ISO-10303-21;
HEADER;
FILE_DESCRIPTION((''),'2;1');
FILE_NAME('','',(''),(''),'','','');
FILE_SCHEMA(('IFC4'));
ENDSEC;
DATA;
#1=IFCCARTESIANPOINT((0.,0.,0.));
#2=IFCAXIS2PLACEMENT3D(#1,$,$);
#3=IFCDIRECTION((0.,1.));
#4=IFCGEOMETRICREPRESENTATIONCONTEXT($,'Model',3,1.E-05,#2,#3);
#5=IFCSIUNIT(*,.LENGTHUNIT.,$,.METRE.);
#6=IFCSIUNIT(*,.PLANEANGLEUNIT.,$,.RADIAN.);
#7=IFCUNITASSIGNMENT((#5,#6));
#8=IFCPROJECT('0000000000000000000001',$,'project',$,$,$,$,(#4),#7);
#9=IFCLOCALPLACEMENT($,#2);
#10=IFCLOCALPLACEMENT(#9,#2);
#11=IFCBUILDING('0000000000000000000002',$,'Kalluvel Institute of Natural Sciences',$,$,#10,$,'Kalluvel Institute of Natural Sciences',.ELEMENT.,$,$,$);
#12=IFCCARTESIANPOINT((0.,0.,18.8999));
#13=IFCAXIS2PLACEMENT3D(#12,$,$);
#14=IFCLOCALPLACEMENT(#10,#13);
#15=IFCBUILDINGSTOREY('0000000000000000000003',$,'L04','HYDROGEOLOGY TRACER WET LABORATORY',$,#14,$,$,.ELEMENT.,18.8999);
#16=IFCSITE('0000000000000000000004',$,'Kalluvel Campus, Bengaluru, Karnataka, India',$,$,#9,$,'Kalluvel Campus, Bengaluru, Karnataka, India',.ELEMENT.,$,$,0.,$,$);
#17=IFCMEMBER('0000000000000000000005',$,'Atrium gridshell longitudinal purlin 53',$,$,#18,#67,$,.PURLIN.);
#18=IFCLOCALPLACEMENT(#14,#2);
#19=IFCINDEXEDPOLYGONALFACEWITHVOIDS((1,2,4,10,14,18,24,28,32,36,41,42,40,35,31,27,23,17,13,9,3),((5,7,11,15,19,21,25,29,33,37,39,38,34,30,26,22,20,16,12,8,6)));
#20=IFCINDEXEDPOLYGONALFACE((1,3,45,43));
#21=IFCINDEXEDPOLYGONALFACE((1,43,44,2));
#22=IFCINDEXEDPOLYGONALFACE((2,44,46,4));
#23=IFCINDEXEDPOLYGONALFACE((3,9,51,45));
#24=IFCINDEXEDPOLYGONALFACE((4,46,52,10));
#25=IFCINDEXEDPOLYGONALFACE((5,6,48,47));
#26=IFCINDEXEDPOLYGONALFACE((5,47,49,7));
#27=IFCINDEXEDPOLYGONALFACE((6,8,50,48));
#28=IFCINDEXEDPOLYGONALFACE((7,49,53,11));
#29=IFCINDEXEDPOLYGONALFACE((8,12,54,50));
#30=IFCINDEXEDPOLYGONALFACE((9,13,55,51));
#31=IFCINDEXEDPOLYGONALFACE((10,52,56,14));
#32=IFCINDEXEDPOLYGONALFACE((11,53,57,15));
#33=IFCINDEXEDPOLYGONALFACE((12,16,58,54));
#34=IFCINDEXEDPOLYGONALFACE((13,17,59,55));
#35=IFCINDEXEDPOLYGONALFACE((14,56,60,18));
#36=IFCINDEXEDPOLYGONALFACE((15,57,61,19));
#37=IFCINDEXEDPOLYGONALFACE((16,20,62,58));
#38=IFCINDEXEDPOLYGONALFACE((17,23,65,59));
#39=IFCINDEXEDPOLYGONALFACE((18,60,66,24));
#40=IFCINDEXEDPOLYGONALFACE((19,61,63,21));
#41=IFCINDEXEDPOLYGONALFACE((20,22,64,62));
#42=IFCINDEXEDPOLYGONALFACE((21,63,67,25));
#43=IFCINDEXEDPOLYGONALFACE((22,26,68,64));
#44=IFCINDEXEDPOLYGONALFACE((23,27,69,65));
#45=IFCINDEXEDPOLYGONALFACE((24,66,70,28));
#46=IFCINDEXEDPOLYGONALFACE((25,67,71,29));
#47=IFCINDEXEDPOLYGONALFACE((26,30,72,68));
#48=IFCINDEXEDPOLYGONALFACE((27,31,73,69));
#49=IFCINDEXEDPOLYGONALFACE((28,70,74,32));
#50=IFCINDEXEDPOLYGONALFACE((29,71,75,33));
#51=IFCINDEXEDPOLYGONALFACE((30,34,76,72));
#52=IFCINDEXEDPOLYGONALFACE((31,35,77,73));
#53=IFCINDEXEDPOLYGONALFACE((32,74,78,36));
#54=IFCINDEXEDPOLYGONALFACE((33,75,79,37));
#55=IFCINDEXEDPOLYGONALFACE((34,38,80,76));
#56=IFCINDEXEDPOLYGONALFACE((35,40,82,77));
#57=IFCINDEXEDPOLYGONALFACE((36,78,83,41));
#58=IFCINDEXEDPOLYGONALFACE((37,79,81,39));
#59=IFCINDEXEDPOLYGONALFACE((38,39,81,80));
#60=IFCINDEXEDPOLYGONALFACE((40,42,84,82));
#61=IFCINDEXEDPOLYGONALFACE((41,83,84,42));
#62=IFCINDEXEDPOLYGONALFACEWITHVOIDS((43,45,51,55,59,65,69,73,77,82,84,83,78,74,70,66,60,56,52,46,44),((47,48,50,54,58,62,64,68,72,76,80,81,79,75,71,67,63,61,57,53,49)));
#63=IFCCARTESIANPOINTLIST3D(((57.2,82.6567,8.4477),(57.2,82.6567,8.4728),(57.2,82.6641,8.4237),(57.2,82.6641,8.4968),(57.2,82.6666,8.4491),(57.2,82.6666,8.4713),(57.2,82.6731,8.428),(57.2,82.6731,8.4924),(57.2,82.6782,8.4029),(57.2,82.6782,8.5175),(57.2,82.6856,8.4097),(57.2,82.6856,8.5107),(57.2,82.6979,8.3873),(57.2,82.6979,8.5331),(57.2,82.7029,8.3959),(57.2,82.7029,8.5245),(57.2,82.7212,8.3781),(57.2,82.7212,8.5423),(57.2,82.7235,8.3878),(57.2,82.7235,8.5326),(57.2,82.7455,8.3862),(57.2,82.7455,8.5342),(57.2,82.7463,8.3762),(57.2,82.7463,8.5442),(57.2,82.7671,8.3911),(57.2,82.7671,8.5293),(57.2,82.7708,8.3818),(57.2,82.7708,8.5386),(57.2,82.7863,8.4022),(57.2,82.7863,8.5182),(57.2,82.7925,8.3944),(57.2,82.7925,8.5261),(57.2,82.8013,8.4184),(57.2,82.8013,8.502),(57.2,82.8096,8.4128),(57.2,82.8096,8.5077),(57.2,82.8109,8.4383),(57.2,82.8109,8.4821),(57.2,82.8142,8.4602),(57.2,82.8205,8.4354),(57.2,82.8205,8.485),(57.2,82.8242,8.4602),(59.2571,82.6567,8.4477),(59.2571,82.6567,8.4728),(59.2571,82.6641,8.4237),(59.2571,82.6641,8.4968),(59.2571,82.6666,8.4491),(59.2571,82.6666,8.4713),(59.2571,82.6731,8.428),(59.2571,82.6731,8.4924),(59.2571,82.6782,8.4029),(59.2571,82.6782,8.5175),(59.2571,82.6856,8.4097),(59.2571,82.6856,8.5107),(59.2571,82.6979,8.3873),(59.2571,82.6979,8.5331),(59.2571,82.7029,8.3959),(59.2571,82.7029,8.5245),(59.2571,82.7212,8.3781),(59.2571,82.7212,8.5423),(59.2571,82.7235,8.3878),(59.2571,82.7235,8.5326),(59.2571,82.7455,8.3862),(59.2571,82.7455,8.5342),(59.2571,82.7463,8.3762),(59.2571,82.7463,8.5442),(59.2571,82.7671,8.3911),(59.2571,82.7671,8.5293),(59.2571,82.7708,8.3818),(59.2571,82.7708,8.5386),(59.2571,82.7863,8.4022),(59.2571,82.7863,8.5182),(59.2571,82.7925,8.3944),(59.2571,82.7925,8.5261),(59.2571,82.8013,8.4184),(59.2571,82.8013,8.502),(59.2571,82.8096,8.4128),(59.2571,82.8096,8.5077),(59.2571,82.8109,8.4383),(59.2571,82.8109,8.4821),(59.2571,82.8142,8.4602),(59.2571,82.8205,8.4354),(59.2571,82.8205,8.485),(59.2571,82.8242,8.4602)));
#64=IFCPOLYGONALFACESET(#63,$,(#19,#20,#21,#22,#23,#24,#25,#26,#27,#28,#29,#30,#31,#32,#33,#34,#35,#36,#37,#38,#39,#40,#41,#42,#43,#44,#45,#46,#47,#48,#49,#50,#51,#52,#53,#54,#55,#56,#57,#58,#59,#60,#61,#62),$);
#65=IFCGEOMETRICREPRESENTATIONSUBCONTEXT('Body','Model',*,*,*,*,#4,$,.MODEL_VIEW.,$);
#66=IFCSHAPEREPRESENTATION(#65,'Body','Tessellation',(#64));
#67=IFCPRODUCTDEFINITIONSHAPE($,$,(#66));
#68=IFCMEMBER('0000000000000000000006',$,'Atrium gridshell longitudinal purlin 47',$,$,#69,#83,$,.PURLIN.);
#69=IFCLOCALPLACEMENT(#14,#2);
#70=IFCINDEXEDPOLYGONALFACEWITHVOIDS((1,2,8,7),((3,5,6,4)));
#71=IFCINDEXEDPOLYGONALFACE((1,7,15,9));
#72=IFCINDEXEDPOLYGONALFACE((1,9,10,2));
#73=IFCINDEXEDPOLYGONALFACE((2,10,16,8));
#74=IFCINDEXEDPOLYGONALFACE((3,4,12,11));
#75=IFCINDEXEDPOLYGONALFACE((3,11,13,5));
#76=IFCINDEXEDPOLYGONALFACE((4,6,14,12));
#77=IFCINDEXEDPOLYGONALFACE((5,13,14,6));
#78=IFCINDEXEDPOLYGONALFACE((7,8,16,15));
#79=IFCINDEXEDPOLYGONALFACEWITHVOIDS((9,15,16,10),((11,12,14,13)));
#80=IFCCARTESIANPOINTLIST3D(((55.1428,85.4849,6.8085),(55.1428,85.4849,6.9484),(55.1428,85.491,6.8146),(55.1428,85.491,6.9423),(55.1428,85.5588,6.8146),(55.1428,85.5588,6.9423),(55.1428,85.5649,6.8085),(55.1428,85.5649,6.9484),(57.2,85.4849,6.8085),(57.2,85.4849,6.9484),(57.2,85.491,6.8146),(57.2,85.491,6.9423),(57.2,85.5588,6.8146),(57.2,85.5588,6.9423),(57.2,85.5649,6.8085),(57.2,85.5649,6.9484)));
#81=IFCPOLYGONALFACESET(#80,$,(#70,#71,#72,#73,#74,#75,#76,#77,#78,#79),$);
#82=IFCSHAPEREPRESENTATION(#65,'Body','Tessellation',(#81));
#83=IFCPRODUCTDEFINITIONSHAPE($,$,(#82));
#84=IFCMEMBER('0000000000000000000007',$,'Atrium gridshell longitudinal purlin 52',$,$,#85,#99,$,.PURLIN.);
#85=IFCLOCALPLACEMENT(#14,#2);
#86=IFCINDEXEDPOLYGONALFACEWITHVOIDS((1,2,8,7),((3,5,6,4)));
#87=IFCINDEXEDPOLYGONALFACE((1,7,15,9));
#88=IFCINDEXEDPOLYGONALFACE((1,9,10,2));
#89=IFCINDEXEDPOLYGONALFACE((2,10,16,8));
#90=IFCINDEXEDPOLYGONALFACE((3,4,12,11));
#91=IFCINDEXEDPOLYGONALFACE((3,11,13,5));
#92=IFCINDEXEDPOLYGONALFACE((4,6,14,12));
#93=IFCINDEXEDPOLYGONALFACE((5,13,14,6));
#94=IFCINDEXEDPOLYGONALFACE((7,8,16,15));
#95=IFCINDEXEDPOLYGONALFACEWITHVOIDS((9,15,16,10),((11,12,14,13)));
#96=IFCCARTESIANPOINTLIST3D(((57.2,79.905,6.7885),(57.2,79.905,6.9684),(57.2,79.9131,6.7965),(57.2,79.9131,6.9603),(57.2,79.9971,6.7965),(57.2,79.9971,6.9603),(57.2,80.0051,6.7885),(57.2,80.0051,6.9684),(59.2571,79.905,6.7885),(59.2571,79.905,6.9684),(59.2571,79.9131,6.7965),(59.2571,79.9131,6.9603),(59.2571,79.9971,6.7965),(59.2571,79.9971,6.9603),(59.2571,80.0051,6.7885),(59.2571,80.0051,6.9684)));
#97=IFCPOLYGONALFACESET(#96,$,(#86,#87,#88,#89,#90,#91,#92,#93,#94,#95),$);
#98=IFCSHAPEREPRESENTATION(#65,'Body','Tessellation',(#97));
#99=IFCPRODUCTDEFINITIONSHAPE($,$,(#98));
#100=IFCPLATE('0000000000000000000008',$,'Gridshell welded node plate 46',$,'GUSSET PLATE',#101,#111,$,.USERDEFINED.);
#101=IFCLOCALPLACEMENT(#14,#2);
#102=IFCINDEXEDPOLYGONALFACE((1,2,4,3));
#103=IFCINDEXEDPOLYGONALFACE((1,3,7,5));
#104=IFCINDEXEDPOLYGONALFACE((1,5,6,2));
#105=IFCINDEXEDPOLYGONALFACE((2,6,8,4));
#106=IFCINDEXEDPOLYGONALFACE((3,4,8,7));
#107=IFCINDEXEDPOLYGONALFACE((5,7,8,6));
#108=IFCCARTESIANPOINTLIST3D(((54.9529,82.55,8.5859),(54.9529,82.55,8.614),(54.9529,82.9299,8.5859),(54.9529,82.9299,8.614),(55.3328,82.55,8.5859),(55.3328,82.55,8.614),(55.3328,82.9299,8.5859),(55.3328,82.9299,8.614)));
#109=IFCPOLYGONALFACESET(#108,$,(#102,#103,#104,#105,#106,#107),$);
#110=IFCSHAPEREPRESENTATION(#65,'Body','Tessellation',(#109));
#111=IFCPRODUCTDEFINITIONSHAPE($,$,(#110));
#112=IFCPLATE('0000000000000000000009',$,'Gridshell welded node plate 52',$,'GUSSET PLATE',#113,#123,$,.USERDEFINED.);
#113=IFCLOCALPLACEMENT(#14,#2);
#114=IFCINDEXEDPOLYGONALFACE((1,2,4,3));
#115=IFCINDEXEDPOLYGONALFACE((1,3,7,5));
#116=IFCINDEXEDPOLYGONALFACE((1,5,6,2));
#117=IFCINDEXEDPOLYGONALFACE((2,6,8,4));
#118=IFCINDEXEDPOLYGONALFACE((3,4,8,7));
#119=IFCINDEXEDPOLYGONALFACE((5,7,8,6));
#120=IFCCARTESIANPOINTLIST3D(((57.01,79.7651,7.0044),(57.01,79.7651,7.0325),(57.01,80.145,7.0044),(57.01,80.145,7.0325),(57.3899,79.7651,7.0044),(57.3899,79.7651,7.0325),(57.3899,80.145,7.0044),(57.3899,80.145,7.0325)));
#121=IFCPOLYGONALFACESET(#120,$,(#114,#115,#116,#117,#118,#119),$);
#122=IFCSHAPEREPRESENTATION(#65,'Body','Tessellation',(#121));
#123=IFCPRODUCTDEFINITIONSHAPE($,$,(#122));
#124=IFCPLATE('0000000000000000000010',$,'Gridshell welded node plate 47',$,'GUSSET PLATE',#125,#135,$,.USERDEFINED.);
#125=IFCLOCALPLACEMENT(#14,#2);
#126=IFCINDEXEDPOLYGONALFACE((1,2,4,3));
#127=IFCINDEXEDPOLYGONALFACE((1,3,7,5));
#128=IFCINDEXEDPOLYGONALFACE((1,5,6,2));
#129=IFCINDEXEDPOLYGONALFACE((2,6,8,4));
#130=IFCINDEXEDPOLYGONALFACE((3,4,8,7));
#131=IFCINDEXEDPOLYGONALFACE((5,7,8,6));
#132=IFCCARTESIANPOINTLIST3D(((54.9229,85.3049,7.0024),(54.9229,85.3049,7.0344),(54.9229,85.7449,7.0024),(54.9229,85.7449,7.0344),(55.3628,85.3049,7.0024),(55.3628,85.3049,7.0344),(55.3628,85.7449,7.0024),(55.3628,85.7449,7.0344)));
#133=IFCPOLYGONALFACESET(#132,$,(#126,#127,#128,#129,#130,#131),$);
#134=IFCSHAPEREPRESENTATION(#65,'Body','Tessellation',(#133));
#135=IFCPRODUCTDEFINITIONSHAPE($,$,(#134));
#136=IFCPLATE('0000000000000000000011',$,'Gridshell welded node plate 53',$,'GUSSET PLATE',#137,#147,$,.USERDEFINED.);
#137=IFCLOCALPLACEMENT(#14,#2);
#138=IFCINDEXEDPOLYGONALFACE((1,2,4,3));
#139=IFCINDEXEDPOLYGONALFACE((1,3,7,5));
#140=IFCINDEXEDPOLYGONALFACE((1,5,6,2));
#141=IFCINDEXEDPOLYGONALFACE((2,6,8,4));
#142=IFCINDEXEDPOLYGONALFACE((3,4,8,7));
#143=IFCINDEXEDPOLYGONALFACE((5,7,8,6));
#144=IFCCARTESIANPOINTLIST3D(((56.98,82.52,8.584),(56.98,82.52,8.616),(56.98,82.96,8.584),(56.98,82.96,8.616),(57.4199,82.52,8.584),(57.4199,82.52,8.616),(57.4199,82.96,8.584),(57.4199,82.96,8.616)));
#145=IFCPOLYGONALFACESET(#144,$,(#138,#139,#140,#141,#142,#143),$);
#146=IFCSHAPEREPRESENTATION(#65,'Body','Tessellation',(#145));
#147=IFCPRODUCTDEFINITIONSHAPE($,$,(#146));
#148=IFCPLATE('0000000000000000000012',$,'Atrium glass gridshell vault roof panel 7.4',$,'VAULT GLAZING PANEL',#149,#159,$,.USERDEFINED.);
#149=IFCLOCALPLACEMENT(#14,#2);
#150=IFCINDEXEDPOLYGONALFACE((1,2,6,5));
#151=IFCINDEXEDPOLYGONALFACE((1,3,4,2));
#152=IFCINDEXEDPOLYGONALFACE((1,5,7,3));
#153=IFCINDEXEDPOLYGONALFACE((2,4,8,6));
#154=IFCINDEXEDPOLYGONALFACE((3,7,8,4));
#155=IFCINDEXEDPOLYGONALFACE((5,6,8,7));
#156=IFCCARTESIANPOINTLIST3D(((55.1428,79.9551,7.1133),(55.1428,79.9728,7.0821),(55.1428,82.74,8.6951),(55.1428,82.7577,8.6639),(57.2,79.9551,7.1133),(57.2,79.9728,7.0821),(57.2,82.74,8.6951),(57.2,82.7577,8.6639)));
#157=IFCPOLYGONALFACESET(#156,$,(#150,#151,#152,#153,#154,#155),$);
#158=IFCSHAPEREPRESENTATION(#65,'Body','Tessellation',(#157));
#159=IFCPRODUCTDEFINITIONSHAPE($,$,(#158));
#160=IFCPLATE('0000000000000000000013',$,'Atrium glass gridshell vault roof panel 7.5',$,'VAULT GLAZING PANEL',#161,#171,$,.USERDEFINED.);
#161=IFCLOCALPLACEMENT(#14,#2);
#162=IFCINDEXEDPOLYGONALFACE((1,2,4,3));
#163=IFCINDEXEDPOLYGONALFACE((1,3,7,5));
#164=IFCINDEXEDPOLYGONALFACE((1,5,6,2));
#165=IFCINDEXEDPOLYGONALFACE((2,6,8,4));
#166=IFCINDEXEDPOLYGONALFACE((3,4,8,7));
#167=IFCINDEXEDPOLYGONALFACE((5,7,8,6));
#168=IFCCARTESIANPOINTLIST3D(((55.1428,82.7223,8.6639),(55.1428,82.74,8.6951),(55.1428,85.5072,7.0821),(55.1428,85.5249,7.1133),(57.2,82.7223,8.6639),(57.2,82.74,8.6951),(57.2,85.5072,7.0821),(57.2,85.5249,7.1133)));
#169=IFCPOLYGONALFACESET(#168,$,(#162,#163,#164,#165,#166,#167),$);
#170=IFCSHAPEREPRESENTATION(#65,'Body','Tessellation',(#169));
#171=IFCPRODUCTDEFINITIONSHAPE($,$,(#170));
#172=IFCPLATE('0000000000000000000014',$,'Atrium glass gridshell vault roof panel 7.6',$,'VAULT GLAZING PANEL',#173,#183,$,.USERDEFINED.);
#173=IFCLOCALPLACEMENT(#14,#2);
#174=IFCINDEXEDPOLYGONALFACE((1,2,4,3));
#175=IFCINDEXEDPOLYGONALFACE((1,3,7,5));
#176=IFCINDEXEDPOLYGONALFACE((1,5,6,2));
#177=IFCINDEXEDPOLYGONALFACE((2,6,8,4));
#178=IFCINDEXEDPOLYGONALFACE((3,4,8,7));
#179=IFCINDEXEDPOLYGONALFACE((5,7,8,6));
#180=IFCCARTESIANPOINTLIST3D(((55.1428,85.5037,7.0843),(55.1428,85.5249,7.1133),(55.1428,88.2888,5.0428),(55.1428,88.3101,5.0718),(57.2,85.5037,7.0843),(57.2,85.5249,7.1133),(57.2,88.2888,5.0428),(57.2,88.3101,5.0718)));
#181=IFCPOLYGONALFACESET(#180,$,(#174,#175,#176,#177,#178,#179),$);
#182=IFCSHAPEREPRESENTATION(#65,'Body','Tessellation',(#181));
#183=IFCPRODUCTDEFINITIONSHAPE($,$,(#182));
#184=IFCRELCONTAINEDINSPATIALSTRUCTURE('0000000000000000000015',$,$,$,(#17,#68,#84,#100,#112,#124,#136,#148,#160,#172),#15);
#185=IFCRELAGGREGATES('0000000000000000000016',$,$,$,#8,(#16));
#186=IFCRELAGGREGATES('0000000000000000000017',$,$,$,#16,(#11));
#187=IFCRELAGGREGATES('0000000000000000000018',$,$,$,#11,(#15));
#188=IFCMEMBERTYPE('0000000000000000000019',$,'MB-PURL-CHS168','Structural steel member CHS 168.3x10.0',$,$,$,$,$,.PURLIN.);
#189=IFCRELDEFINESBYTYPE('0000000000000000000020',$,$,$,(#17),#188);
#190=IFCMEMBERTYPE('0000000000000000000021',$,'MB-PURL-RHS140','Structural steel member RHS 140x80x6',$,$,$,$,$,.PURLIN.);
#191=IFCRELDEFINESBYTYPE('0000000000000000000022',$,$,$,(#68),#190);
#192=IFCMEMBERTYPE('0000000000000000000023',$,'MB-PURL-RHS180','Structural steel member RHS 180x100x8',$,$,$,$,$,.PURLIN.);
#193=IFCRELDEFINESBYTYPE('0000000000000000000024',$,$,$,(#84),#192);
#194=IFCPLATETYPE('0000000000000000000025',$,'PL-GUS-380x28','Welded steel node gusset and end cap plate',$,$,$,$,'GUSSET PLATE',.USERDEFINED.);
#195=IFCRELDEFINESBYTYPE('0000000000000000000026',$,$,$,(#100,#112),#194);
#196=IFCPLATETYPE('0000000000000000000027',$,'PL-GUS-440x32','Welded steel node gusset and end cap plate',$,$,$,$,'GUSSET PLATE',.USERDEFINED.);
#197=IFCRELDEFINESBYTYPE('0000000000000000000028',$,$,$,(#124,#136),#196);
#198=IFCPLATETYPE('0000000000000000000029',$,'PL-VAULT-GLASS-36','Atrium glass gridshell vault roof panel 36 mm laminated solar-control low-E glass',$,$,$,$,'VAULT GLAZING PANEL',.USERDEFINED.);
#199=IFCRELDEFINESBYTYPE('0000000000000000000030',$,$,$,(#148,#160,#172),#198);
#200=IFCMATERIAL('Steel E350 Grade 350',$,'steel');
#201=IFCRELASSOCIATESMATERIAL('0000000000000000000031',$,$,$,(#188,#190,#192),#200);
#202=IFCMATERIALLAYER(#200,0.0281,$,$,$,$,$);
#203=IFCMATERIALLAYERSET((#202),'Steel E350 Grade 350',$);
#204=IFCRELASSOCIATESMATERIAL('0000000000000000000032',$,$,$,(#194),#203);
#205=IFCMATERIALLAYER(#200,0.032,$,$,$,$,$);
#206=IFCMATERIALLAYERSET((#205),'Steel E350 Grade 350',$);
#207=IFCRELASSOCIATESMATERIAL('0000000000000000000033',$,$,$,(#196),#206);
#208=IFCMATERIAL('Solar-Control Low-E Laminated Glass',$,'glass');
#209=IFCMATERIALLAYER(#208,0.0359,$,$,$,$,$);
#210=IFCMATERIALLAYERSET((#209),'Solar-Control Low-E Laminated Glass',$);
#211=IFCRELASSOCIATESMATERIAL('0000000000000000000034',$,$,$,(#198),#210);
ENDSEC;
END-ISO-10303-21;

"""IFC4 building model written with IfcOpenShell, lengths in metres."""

from ifc_helpers import new_model, si_unit, direction, frame, origin, origin_2d, place, context, subcontext, project, spatial, polyline, rectangle, hollow_rectangle, hollow_circle, outline, extrude, material, layer, layer_set, material_profile, profile_set, type_object, element, save


model = new_model("IFC4")

# Units and contexts
model_context = context("Model", 3, precision=1e-05, world=origin(), true_north=direction((0.0, 1.0)))
body_context = subcontext(model_context, "Body", "Model", "MODEL_VIEW")
ifc_project = project(units=[si_unit("LENGTHUNIT", "METRE"), si_unit("PLANEANGLEUNIT", "RADIAN")], contexts=[model_context])

# Site, building, storey
site_placement = place(None, origin())
site = spatial("IfcSite", under=ifc_project, at=site_placement, Name="Kalluvel Campus, Bengaluru, Karnataka, India", LongName="Kalluvel Campus, Bengaluru, Karnataka, India", CompositionType="ELEMENT", RefElevation=0.0)
building_placement = place(site_placement, origin())
building = spatial("IfcBuilding", under=site, at=building_placement, Name="Kalluvel Institute of Natural Sciences", LongName="Kalluvel Institute of Natural Sciences", CompositionType="ELEMENT")
storey_placement = place(building_placement, frame((0.0, 0.0, 18.8999)))
storey = spatial("IfcBuildingStorey", under=building, at=storey_placement, Name="L04", Description="HYDROGEOLOGY TRACER WET LABORATORY", CompositionType="ELEMENT", Elevation=18.8999)

# Members
ifc_material_1 = material(Name="Steel E350 Grade 350", Category="steel")
ifc_material_profile_1 = material_profile(ifc_material_1, hollow_circle(Radius=0.0842, WallThickness=0.01, at=origin_2d()), Name="CHS 168.3x10.0")
ifc_profile_set_1 = profile_set([ifc_material_profile_1], Name="Steel E350 Grade 350")
member_type_1 = type_object("IfcMemberType", Name="MB-PURL-CHS168", Description="Structural steel member CHS 168.3x10.0", PredefinedType="PURLIN", material=ifc_profile_set_1)
for number, where, z_axis, x_axis, name in (
    (1, (57.2, 82.74, 8.4602), (1.0, 0.0, 0.0), (0.0, 1.0, 0.0), "Atrium gridshell longitudinal purlin 53"),
):
    element("IfcMember", number, at=place(storey_placement, frame(where, z_axis=z_axis, x_axis=x_axis)), inside=storey, type_object=member_type_1, Name=name, PredefinedType="PURLIN", context=body_context, shape_type="SweptSolid", body=[
        extrude(hollow_circle(Radius=0.0842, WallThickness=0.01, at=origin_2d()), origin(), (0.0, 0.0, 1.0), 2.0571),
    ])
ifc_material_profile_2 = material_profile(ifc_material_1, hollow_rectangle(XDim=0.0801, YDim=0.1399, WallThickness=0.0061, at=origin_2d()), Name="RHS 140x80x6")
ifc_profile_set_2 = profile_set([ifc_material_profile_2], Name="Steel E350 Grade 350")
member_type_2 = type_object("IfcMemberType", Name="MB-PURL-RHS140", Description="Structural steel member RHS 140x80x6", PredefinedType="PURLIN", material=ifc_profile_set_2)
member_1_placement = place(storey_placement, frame((55.1428, 85.5249, 6.8784), z_axis=(1.0, 0.0, 0.0), x_axis=(0.0, 1.0, 0.0)))
element("IfcMember", 2, at=member_1_placement, inside=storey, type_object=member_type_2, Name="Atrium gridshell longitudinal purlin 47", PredefinedType="PURLIN", context=body_context, shape_type="SweptSolid", body=[
    extrude(hollow_rectangle(XDim=0.0801, YDim=0.1399, WallThickness=0.0061, at=origin_2d()), origin(), (0.0, 0.0, 1.0), 2.0571),
])
ifc_material_profile_3 = material_profile(ifc_material_1, hollow_rectangle(XDim=0.1001, YDim=0.1799, WallThickness=0.0081, at=origin_2d()), Name="RHS 180x100x8")
ifc_profile_set_3 = profile_set([ifc_material_profile_3], Name="Steel E350 Grade 350")
member_type_3 = type_object("IfcMemberType", Name="MB-PURL-RHS180", Description="Structural steel member RHS 180x100x8", PredefinedType="PURLIN", material=ifc_profile_set_3)
member_2_placement = place(storey_placement, frame((57.2, 79.9551, 6.8784), z_axis=(1.0, 0.0, 0.0), x_axis=(0.0, 1.0, 0.0)))
element("IfcMember", 3, at=member_2_placement, inside=storey, type_object=member_type_3, Name="Atrium gridshell longitudinal purlin 52", PredefinedType="PURLIN", context=body_context, shape_type="SweptSolid", body=[
    extrude(hollow_rectangle(XDim=0.1001, YDim=0.1799, WallThickness=0.0081, at=origin_2d()), origin(), (0.0, 0.0, 1.0), 2.0571),
])

# Plates
ifc_layer_1 = layer(ifc_material_1, 0.0281)
ifc_layer_set_1 = layer_set([ifc_layer_1], Name="Steel E350 Grade 350")
plate_type_1 = type_object("IfcPlateType", Name="PL-GUS-380x28", Description="Welded steel node gusset and end cap plate", ElementType="GUSSET PLATE", PredefinedType="USERDEFINED", material=ifc_layer_set_1)
for number, where, z_axis, x_axis, name in (
    (4, (55.1428, 82.74, 8.5859), (0.0, 0.0, 1.0), (1.0, 0.0, 0.0), "Gridshell welded node plate 46"),
    (5, (57.2, 79.9551, 7.0044), (0.0, 0.0, 1.0), (1.0, 0.0, 0.0), "Gridshell welded node plate 52"),
):
    element("IfcPlate", number, at=place(storey_placement, frame(where, z_axis=z_axis, x_axis=x_axis)), inside=storey, type_object=plate_type_1, Name=name, ObjectType="GUSSET PLATE", PredefinedType="USERDEFINED", context=body_context, shape_type="SweptSolid", body=[
        extrude(rectangle(XDim=0.3799, YDim=0.3799, at=origin_2d()), origin(), (0.0, 0.0, 1.0), 0.0281),
    ])
ifc_layer_2 = layer(ifc_material_1, 0.032)
ifc_layer_set_2 = layer_set([ifc_layer_2], Name="Steel E350 Grade 350")
plate_type_2 = type_object("IfcPlateType", Name="PL-GUS-440x32", Description="Welded steel node gusset and end cap plate", ElementType="GUSSET PLATE", PredefinedType="USERDEFINED", material=ifc_layer_set_2)
for number, where, z_axis, x_axis, name in (
    (6, (55.1428, 85.5249, 7.0024), (0.0, 0.0, 1.0), (1.0, 0.0, 0.0), "Gridshell welded node plate 47"),
    (7, (57.2, 82.74, 8.584), (0.0, 0.0, 1.0), (1.0, 0.0, 0.0), "Gridshell welded node plate 53"),
):
    element("IfcPlate", number, at=place(storey_placement, frame(where, z_axis=z_axis, x_axis=x_axis)), inside=storey, type_object=plate_type_2, Name=name, ObjectType="GUSSET PLATE", PredefinedType="USERDEFINED", context=body_context, shape_type="SweptSolid", body=[
        extrude(rectangle(XDim=0.4399, YDim=0.4399, at=origin_2d()), origin(), (0.0, 0.0, 1.0), 0.032),
    ])
ifc_material_2 = material(Name="Solar-Control Low-E Laminated Glass", Category="glass")
ifc_layer_3 = layer(ifc_material_2, 0.0359)
ifc_layer_set_3 = layer_set([ifc_layer_3], Name="Solar-Control Low-E Laminated Glass")
plate_type_3 = type_object("IfcPlateType", Name="PL-VAULT-GLASS-36", Description="Atrium glass gridshell vault roof panel 36 mm laminated solar-control low-E glass", ElementType="VAULT GLAZING PANEL", PredefinedType="USERDEFINED", material=ifc_layer_set_3)
for number, where, z_axis, x_axis, name in (
    (8, (55.1428, 79.9551, 7.1133), (0.0, -0.49388, 0.86953), (1.0, 0.0, 0.0), "Atrium glass gridshell vault roof panel 7.4"),
    (9, (55.1428, 82.74, 8.6951), (0.0, 0.49388, 0.86953), (1.0, 0.0, 0.0), "Atrium glass gridshell vault roof panel 7.5"),
):
    element("IfcPlate", number, at=place(storey_placement, frame(where, z_axis=z_axis, x_axis=x_axis)), inside=storey, type_object=plate_type_3, Name=name, ObjectType="VAULT GLAZING PANEL", PredefinedType="USERDEFINED", context=body_context, shape_type="SweptSolid", body=[
        extrude(outline(polyline([(0.0, 0.0), (2.0571, 0.0), (2.0571, 3.2028), (0.0, 3.2028), (0.0, 0.0)])), origin(), (0.0, 0.0, -1.0), 0.0359),
    ])
plate_placement = place(storey_placement, frame((55.1428, 85.5249, 7.1133), z_axis=(0.0, 0.591186, 0.806535), x_axis=(1.0, 0.0, 0.0)))
element("IfcPlate", 10, at=plate_placement, inside=storey, type_object=plate_type_3, Name="Atrium glass gridshell vault roof panel 7.6", ObjectType="VAULT GLAZING PANEL", PredefinedType="USERDEFINED", context=body_context, shape_type="SweptSolid", body=[
    extrude(outline(polyline([(0.0, 0.0), (2.0571, 0.0), (2.0571, 3.4532), (0.0, 3.4532), (0.0, 0.0)])), origin(), (0.0, 0.0, -1.0), 0.0359),
])

save(model, "model.ifc")
